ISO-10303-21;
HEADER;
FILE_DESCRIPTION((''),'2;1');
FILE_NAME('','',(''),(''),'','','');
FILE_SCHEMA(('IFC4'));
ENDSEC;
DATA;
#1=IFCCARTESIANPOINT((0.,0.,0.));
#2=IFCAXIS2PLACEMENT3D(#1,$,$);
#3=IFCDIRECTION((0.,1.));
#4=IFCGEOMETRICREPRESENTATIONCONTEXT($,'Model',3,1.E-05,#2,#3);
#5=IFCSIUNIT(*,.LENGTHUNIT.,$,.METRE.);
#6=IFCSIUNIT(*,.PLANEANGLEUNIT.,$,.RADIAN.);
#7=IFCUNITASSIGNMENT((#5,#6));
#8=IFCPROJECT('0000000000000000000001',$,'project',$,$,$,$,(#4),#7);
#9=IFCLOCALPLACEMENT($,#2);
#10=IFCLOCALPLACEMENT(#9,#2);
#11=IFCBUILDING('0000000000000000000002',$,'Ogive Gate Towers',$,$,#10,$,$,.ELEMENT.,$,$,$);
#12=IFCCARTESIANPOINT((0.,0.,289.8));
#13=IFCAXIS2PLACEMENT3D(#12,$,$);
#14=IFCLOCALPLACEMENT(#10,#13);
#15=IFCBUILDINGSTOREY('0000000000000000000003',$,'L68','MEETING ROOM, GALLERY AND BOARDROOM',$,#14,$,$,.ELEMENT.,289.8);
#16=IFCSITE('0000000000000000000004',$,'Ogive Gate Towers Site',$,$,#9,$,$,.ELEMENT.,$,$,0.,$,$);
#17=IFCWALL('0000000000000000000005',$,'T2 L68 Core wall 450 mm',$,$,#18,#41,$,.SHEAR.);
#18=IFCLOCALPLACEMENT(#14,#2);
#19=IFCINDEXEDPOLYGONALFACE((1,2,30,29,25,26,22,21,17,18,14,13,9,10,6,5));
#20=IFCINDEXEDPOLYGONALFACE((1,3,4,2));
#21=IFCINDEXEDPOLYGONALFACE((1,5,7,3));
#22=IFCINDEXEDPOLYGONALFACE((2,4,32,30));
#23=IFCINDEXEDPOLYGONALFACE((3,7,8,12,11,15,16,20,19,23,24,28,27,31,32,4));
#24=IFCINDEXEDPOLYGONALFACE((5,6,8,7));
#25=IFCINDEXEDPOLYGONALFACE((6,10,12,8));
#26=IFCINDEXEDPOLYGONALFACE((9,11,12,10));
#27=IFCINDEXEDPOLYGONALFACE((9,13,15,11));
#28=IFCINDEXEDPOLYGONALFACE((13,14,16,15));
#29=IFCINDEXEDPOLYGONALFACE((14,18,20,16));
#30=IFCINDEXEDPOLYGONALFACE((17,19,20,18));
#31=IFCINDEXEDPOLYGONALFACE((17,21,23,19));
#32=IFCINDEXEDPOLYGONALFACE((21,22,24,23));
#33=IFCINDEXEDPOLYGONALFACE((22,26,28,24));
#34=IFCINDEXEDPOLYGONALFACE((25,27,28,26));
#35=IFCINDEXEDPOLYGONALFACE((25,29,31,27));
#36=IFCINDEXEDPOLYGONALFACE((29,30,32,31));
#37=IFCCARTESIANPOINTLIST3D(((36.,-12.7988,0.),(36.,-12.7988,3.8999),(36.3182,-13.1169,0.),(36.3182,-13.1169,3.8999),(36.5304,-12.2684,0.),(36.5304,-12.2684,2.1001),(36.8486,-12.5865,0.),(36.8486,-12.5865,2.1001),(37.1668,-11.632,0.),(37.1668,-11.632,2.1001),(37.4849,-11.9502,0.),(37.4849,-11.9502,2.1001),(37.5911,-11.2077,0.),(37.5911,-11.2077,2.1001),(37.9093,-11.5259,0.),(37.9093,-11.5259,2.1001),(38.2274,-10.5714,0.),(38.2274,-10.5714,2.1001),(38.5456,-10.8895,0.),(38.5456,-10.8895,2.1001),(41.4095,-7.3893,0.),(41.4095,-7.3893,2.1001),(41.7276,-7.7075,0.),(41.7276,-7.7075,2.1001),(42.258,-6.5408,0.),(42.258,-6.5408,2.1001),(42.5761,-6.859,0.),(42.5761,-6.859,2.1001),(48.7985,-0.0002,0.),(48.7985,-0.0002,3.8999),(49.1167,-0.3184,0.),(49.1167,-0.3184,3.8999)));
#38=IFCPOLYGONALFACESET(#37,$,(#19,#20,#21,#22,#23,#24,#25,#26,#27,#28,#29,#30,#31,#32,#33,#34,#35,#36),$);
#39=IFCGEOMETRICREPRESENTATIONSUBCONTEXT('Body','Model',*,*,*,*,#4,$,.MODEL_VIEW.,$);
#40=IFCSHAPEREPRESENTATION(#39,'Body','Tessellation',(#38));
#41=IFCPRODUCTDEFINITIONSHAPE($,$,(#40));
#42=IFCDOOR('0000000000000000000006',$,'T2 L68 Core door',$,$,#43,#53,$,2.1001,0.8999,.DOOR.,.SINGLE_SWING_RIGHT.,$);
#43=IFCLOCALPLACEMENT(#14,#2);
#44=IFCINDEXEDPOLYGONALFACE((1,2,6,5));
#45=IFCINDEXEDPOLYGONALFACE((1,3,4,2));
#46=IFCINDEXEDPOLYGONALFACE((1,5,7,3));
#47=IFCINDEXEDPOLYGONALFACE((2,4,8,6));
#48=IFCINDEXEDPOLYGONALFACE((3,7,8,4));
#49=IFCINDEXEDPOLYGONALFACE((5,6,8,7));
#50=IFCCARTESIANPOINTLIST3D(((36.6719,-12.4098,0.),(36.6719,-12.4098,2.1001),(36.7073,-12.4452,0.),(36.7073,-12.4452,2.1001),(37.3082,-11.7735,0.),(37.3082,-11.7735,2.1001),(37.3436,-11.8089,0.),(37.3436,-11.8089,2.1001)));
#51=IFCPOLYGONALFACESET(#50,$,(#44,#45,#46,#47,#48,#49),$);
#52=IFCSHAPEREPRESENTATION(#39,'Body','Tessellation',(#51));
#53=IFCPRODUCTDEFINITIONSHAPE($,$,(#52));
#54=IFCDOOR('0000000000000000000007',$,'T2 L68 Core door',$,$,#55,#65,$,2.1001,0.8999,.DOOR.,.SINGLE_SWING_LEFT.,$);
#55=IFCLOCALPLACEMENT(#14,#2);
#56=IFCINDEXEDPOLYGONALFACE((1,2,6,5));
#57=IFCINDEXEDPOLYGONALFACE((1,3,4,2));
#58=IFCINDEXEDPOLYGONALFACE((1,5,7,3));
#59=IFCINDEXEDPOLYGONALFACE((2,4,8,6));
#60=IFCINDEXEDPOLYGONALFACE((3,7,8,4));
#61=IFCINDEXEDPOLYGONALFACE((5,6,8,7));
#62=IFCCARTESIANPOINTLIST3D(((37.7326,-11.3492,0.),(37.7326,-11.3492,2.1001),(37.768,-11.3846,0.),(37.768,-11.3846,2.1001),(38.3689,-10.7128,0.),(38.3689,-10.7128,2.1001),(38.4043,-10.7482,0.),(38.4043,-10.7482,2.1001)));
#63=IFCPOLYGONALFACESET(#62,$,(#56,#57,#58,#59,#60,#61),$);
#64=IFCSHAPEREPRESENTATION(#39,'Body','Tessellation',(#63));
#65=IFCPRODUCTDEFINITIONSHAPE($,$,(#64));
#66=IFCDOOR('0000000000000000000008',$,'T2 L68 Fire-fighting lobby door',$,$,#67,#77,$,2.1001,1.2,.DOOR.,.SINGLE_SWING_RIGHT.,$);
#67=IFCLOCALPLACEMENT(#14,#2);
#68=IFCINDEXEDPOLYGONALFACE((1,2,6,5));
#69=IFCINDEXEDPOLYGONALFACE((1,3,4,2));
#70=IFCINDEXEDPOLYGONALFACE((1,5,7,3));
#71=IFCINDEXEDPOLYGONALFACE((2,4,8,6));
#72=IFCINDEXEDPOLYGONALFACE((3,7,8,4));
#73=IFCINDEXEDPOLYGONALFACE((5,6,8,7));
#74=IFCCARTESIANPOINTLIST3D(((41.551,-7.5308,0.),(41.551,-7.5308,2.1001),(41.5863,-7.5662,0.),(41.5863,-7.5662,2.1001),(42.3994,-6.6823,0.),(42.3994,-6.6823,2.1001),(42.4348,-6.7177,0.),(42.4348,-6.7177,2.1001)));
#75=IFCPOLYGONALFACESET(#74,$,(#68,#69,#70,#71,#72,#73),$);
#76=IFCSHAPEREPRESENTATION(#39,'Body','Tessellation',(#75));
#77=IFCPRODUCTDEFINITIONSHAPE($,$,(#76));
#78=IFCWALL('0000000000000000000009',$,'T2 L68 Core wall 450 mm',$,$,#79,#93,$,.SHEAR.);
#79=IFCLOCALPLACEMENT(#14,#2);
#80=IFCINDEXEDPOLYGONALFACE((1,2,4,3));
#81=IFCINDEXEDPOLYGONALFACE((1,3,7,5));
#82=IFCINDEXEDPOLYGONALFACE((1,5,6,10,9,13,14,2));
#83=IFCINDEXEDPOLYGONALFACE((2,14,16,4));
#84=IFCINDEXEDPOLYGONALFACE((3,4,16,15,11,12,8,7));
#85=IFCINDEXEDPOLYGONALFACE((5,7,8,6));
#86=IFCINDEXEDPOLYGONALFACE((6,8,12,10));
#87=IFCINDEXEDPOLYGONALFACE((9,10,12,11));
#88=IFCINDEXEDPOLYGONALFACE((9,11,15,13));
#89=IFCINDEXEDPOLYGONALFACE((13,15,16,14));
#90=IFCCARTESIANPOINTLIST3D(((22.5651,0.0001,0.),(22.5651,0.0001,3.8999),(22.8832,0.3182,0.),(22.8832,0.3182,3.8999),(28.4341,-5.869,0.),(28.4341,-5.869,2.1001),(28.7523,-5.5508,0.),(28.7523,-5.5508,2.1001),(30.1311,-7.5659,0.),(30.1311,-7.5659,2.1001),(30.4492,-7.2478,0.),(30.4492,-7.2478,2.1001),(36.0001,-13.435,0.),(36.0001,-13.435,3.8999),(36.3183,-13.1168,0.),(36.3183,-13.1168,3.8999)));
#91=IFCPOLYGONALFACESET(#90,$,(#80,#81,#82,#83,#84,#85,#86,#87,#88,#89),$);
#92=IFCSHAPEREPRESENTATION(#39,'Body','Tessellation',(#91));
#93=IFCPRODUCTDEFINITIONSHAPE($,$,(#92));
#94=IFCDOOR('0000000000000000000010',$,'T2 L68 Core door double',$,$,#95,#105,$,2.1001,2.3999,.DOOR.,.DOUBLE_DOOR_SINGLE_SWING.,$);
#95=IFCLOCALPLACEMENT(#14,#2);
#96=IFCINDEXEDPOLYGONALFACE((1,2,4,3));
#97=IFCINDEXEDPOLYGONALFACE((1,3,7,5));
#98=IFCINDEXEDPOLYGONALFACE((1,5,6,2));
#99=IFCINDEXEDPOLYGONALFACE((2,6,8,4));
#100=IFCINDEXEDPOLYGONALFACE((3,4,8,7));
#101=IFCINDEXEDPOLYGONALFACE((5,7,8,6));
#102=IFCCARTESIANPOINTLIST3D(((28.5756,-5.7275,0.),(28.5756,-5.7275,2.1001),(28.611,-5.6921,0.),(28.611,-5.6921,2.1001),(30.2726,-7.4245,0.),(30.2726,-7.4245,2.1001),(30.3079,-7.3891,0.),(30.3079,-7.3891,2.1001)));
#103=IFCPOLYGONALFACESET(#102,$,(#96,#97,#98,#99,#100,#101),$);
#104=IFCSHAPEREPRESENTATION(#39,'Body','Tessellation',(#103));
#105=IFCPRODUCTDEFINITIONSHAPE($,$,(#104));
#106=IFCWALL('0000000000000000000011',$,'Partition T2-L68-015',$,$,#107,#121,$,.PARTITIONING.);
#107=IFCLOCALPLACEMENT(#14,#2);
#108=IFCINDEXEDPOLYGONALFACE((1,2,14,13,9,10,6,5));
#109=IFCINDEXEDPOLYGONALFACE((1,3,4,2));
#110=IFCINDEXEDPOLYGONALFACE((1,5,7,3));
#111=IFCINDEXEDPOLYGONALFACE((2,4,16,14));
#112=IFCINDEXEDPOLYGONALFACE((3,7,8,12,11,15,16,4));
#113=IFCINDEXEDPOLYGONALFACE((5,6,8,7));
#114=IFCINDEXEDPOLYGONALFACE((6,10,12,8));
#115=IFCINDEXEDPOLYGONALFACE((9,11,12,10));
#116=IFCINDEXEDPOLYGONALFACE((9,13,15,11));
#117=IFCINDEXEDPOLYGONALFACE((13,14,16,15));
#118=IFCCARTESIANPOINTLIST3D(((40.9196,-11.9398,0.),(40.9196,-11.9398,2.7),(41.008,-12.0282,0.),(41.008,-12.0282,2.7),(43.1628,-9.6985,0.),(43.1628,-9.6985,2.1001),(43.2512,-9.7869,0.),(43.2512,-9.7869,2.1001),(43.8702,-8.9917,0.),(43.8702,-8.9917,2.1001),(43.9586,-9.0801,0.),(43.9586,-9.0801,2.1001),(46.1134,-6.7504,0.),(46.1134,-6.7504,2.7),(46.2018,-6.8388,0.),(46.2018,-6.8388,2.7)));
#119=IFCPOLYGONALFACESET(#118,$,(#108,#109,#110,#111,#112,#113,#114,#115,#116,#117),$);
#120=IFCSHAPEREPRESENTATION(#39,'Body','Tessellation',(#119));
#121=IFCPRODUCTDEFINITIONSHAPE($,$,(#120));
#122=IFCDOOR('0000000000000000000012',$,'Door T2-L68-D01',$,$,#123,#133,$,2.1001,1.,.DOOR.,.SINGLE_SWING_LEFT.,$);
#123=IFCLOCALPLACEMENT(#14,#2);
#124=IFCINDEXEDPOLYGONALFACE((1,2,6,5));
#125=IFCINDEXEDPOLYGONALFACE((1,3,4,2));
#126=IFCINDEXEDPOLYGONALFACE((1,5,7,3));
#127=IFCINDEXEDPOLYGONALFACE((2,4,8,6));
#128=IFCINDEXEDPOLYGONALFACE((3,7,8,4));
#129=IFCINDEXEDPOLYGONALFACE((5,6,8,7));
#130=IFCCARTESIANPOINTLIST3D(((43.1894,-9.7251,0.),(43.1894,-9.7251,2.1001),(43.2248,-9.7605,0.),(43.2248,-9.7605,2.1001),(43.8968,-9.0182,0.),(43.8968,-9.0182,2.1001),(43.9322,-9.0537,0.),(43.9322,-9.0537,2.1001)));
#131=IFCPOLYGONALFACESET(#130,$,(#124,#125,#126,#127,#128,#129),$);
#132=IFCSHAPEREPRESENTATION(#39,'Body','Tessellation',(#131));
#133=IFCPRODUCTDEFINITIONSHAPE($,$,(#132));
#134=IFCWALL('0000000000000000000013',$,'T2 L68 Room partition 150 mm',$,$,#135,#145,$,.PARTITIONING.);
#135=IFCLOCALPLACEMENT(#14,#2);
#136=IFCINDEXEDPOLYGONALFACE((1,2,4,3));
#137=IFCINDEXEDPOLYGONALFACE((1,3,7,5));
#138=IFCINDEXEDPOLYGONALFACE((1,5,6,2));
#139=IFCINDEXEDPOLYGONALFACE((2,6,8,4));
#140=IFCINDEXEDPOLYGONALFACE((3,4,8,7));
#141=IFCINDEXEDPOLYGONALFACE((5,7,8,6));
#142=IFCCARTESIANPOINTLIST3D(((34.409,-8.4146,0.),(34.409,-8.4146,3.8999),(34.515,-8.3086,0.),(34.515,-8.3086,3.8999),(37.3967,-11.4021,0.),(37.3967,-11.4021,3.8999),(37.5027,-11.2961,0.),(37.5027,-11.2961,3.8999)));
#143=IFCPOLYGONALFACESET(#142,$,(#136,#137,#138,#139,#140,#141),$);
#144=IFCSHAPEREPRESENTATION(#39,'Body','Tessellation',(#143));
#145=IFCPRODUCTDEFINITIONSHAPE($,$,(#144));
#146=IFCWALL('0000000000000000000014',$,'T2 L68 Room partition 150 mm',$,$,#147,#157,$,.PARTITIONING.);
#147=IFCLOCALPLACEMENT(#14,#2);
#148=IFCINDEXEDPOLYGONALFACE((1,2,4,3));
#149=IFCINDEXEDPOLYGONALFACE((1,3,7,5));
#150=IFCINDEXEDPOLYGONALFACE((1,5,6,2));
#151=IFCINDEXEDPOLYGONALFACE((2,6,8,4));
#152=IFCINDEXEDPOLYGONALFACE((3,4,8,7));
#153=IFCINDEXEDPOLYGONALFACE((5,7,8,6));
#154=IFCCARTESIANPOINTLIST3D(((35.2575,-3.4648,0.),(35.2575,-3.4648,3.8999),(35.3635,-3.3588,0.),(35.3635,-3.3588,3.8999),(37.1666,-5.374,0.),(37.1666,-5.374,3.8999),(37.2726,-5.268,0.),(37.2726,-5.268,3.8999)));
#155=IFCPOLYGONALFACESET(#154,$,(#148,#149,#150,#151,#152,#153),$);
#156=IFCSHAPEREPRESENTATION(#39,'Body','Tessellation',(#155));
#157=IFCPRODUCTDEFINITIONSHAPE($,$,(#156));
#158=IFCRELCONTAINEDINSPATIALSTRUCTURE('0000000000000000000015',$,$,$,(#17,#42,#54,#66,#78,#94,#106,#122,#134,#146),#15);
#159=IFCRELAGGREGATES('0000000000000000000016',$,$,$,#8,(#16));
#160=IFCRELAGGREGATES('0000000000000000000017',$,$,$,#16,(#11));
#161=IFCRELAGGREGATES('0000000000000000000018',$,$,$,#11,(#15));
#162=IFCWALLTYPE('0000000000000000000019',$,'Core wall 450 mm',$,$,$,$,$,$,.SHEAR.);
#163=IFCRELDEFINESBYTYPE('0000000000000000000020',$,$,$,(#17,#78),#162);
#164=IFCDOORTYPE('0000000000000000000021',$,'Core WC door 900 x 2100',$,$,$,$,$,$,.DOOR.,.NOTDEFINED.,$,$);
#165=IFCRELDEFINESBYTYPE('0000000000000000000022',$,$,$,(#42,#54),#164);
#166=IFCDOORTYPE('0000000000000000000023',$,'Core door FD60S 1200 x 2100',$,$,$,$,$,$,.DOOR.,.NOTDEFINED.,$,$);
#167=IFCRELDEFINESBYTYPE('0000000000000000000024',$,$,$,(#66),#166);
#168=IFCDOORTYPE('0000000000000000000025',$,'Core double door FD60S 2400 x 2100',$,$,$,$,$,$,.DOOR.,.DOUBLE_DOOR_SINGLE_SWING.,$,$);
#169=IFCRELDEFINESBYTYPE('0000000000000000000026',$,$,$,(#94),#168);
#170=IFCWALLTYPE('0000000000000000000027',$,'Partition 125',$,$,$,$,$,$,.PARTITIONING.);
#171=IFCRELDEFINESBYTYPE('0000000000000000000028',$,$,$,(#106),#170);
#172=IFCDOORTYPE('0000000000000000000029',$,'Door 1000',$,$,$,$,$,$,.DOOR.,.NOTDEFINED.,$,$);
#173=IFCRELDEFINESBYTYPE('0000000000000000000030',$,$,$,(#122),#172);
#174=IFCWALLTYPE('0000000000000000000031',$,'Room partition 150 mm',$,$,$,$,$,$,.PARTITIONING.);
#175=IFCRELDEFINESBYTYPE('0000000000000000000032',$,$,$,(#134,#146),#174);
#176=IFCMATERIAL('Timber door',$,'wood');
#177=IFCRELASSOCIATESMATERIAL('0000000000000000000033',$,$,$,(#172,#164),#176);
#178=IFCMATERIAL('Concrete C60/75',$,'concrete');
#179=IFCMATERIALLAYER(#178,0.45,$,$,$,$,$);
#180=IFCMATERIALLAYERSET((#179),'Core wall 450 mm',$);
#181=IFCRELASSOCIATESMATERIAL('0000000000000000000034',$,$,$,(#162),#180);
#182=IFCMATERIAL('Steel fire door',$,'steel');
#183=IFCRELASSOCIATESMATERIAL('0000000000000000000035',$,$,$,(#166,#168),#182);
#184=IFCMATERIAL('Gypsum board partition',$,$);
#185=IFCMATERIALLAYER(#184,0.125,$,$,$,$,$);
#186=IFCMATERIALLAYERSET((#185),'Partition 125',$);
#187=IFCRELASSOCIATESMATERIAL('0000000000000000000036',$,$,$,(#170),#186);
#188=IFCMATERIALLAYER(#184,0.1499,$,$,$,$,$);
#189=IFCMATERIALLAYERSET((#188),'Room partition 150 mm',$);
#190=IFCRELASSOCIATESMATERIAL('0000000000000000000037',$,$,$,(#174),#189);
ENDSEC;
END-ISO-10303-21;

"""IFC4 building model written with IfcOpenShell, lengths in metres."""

from ifc_helpers import new_model, si_unit, direction, frame, frame_2d, origin, place, context, subcontext, project, spatial, rectangle, extrude, material, layer, layer_set, type_object, element, fill, save


model = new_model("IFC4")

# Units and contexts
model_context = context("Model", 3, precision=1e-05, world=origin(), true_north=direction((0.0, 1.0)))
body_context = subcontext(model_context, "Body", "Model", "MODEL_VIEW")
ifc_project = project(units=[si_unit("LENGTHUNIT", "METRE"), si_unit("PLANEANGLEUNIT", "RADIAN")], contexts=[model_context])

# Site, building, storey
site_placement = place(None, origin())
site = spatial("IfcSite", under=ifc_project, at=site_placement, Name="Ogive Gate Towers Site", CompositionType="ELEMENT", RefElevation=0.0)
building_placement = place(site_placement, origin())
building = spatial("IfcBuilding", under=site, at=building_placement, Name="Ogive Gate Towers", CompositionType="ELEMENT")
storey_placement = place(building_placement, frame((0.0, 0.0, 289.8)))
storey = spatial("IfcBuildingStorey", under=building, at=storey_placement, Name="L68", Description="MEETING ROOM, GALLERY AND BOARDROOM", CompositionType="ELEMENT", Elevation=289.8)

# Shared definitions
ifc_material_1 = material(Name="Timber door", Category="wood")
door_type_1 = type_object("IfcDoorType", Name="Door 1000", OperationType="NOTDEFINED", PredefinedType="DOOR", material=ifc_material_1)

# Wall, openings, doors
ifc_material_2 = material(Name="Concrete C60/75", Category="concrete")
ifc_layer_1 = layer(ifc_material_2, 0.45)
ifc_layer_set_1 = layer_set([ifc_layer_1], Name="Core wall 450 mm")
wall_type_1 = type_object("IfcWallType", Name="Core wall 450 mm", PredefinedType="SHEAR", material=ifc_layer_set_1)
wall_1_placement = place(storey_placement, frame((36.1592, -12.9578, 0.0), z_axis=(0.0, 0.0, 1.0), x_axis=(0.707107, 0.707107, 0.0)))
wall_1 = element("IfcWall", 1, at=wall_1_placement, inside=storey, type_object=wall_type_1, Name="T2 L68 Core wall 450 mm", PredefinedType="SHEAR", context=body_context, shape_type="SweptSolid", body=[
    extrude(rectangle(XDim=18.0999, YDim=0.45, at=frame_2d((9.0498, 0.0))), origin(), (0.0, 0.0, 1.0), 3.8999),
])
opening_1_placement = place(wall_1_placement, frame((7.6499, 0.0, 0.0)))
opening_1 = element("IfcOpeningElement", 2, at=opening_1_placement, cuts=wall_1, PredefinedType="OPENING", context=body_context, shape_type="SweptSolid", body=[
    extrude(rectangle(XDim=1.2, YDim=2.1001, at=frame_2d((0.6001, 1.05))), frame((0.0, 0.2349, 0.0), z_axis=(0.0, -1.0, 0.0), x_axis=(1.0, 0.0, 0.0)), (0.0, 0.0, 1.0), 0.47),
])
opening_2_placement = place(wall_1_placement, frame((0.75, 0.0, 0.0)))
opening_2 = element("IfcOpeningElement", 3, at=opening_2_placement, cuts=wall_1, PredefinedType="OPENING", context=body_context, shape_type="SweptSolid", body=[
    extrude(rectangle(XDim=0.8999, YDim=2.1001, at=frame_2d((0.45, 1.05))), frame((0.0, 0.2349, 0.0), z_axis=(0.0, -1.0, 0.0), x_axis=(1.0, 0.0, 0.0)), (0.0, 0.0, 1.0), 0.47),
])
opening_3_placement = place(wall_1_placement, frame((2.25, 0.0, 0.0)))
opening_3 = element("IfcOpeningElement", 4, at=opening_3_placement, cuts=wall_1, PredefinedType="OPENING", context=body_context, shape_type="SweptSolid", body=[
    extrude(rectangle(XDim=0.8999, YDim=2.1001, at=frame_2d((0.45, 1.05))), frame((0.0, 0.2349, 0.0), z_axis=(0.0, -1.0, 0.0), x_axis=(1.0, 0.0, 0.0)), (0.0, 0.0, 1.0), 0.47),
])
door_type_2 = type_object("IfcDoorType", Name="Core WC door 900 x 2100", OperationType="NOTDEFINED", PredefinedType="DOOR", material=ifc_material_1)
door_1_placement = place(opening_2_placement, origin())
door_1 = element("IfcDoor", 5, at=door_1_placement, inside=storey, type_object=door_type_2, Name="T2 L68 Core door", OperationType="SINGLE_SWING_RIGHT", OverallHeight=2.1001, OverallWidth=0.8999, PredefinedType="DOOR", context=body_context, shape_type="SweptSolid", body=[
    extrude(rectangle(XDim=0.8999, YDim=2.1001, at=frame_2d((0.45, 1.05))), frame((0.0, 0.0249, 0.0), z_axis=(0.0, -1.0, 0.0), x_axis=(1.0, 0.0, 0.0)), (0.0, 0.0, 1.0), 0.05),
])
fill(opening_2, door_1)
door_2_placement = place(opening_3_placement, origin())
door_2 = element("IfcDoor", 6, at=door_2_placement, inside=storey, type_object=door_type_2, Name="T2 L68 Core door", OperationType="SINGLE_SWING_LEFT", OverallHeight=2.1001, OverallWidth=0.8999, PredefinedType="DOOR", context=body_context, shape_type="SweptSolid", body=[
    extrude(rectangle(XDim=0.8999, YDim=2.1001, at=frame_2d((0.45, 1.05))), frame((0.0, 0.0249, 0.0), z_axis=(0.0, -1.0, 0.0), x_axis=(1.0, 0.0, 0.0)), (0.0, 0.0, 1.0), 0.05),
])
fill(opening_3, door_2)
ifc_material_3 = material(Name="Steel fire door", Category="steel")
door_type_3 = type_object("IfcDoorType", Name="Core door FD60S 1200 x 2100", OperationType="NOTDEFINED", PredefinedType="DOOR", material=ifc_material_3)
door_3_placement = place(opening_1_placement, origin())
door_3 = element("IfcDoor", 7, at=door_3_placement, inside=storey, type_object=door_type_3, Name="T2 L68 Fire-fighting lobby door", OperationType="SINGLE_SWING_RIGHT", OverallHeight=2.1001, OverallWidth=1.2, PredefinedType="DOOR", context=body_context, shape_type="SweptSolid", body=[
    extrude(rectangle(XDim=1.2, YDim=2.1001, at=frame_2d((0.6001, 1.05))), frame((0.0, 0.0249, 0.0), z_axis=(0.0, -1.0, 0.0), x_axis=(1.0, 0.0, 0.0)), (0.0, 0.0, 1.0), 0.05),
])
fill(opening_1, door_3)

# Walls, openings, doors
wall_2_placement = place(storey_placement, frame((36.1592, -13.2759, 0.0), z_axis=(0.0, 0.0, 1.0), x_axis=(-0.707107, 0.707107, 0.0)))
wall_2 = element("IfcWall", 8, at=wall_2_placement, inside=storey, type_object=wall_type_1, Name="T2 L68 Core wall 450 mm", PredefinedType="SHEAR", context=body_context, shape_type="SweptSolid", body=[
    extrude(rectangle(XDim=19.0, YDim=0.45, at=frame_2d((9.5, 0.0))), origin(), (0.0, 0.0, 1.0), 3.8999),
])
opening_4_placement = place(wall_2_placement, frame((8.3, 0.0, 0.0)))
opening_4 = element("IfcOpeningElement", 9, at=opening_4_placement, cuts=wall_2, PredefinedType="OPENING", context=body_context, shape_type="SweptSolid", body=[
    extrude(rectangle(XDim=2.3999, YDim=2.1001, at=frame_2d((1.2, 1.05))), frame((0.0, 0.2349, 0.0), z_axis=(0.0, -1.0, 0.0), x_axis=(1.0, 0.0, 0.0)), (0.0, 0.0, 1.0), 0.47),
])
door_type_4 = type_object("IfcDoorType", Name="Core double door FD60S 2400 x 2100", OperationType="DOUBLE_DOOR_SINGLE_SWING", PredefinedType="DOOR", material=ifc_material_3)
door_4_placement = place(opening_4_placement, origin())
door_4 = element("IfcDoor", 10, at=door_4_placement, inside=storey, type_object=door_type_4, Name="T2 L68 Core door double", OperationType="DOUBLE_DOOR_SINGLE_SWING", OverallHeight=2.1001, OverallWidth=2.3999, PredefinedType="DOOR", context=body_context, shape_type="SweptSolid", body=[
    extrude(rectangle(XDim=2.3999, YDim=2.1001, at=frame_2d((1.2, 1.05))), frame((0.0, 0.0249, 0.0), z_axis=(0.0, -1.0, 0.0), x_axis=(1.0, 0.0, 0.0)), (0.0, 0.0, 1.0), 0.05),
])
fill(opening_4, door_4)
ifc_material_4 = material(Name="Gypsum board partition")
ifc_layer_2 = layer(ifc_material_4, 0.125)
ifc_layer_set_2 = layer_set([ifc_layer_2], Name="Partition 125")
wall_type_2 = type_object("IfcWallType", Name="Partition 125", PredefinedType="PARTITIONING", material=ifc_layer_set_2)
wall_3_placement = place(storey_placement, frame((40.9639, -11.9839, 0.0), z_axis=(0.0, 0.0, 1.0), x_axis=(0.707406, 0.706807, 0.0)))
wall_3 = element("IfcWall", 11, at=wall_3_placement, inside=storey, type_object=wall_type_2, Name="Partition T2-L68-015", PredefinedType="PARTITIONING", context=body_context, shape_type="SweptSolid", body=[
    extrude(rectangle(XDim=7.342, YDim=0.125, at=frame_2d((3.6709, 0.0))), origin(), (0.0, 0.0, 1.0), 2.7),
])
opening_5_placement = place(wall_3_placement, frame((3.1709, 0.0, 0.0)))
opening_5 = element("IfcOpeningElement", 12, at=opening_5_placement, cuts=wall_3, PredefinedType="OPENING", context=body_context, shape_type="SweptSolid", body=[
    extrude(rectangle(XDim=1.0, YDim=2.1001, at=frame_2d((0.5, 1.05))), frame((0.0, 0.0725, 0.0), z_axis=(0.0, -1.0, 0.0), x_axis=(1.0, 0.0, 0.0)), (0.0, 0.0, 1.0), 0.145),
])
door_5_placement = place(opening_5_placement, origin())
door_5 = element("IfcDoor", 13, at=door_5_placement, inside=storey, type_object=door_type_1, Name="Door T2-L68-D01", OperationType="SINGLE_SWING_LEFT", OverallHeight=2.1001, OverallWidth=1.0, PredefinedType="DOOR", context=body_context, shape_type="SweptSolid", body=[
    extrude(rectangle(XDim=1.0, YDim=2.1001, at=frame_2d((0.5, 1.05))), frame((0.0, 0.0249, 0.0), z_axis=(0.0, -1.0, 0.0), x_axis=(1.0, 0.0, 0.0)), (0.0, 0.0, 1.0), 0.05),
])
fill(opening_5, door_5)

# Walls
ifc_layer_3 = layer(ifc_material_4, 0.1499)
ifc_layer_set_3 = layer_set([ifc_layer_3], Name="Room partition 150 mm")
wall_type_3 = type_object("IfcWallType", Name="Room partition 150 mm", PredefinedType="PARTITIONING", material=ifc_layer_set_3)
wall_4_placement = place(storey_placement, frame((37.4497, -11.3491, 0.0), z_axis=(0.0, 0.0, 1.0), x_axis=(-0.707136, 0.707078, 0.0)))
element("IfcWall", 14, at=wall_4_placement, inside=storey, type_object=wall_type_3, Name="T2 L68 Room partition 150 mm", PredefinedType="PARTITIONING", context=body_context, shape_type="SweptSolid", body=[
    extrude(rectangle(XDim=4.2251, YDim=0.1499, at=frame_2d((2.1125, 0.0))), origin(), (0.0, 0.0, 1.0), 3.8999),
])
wall_5_placement = place(storey_placement, frame((37.2197, -5.321, 0.0), z_axis=(0.0, 0.0, 1.0), x_axis=(-0.707107, 0.707107, 0.0)))
element("IfcWall", 15, at=wall_5_placement, inside=storey, type_object=wall_type_3, Name="T2 L68 Room partition 150 mm", PredefinedType="PARTITIONING", context=body_context, shape_type="SweptSolid", body=[
    extrude(rectangle(XDim=2.7, YDim=0.1499, at=frame_2d((1.3501, 0.0))), origin(), (0.0, 0.0, 1.0), 3.8999),
])

save(model, "model.ifc")
